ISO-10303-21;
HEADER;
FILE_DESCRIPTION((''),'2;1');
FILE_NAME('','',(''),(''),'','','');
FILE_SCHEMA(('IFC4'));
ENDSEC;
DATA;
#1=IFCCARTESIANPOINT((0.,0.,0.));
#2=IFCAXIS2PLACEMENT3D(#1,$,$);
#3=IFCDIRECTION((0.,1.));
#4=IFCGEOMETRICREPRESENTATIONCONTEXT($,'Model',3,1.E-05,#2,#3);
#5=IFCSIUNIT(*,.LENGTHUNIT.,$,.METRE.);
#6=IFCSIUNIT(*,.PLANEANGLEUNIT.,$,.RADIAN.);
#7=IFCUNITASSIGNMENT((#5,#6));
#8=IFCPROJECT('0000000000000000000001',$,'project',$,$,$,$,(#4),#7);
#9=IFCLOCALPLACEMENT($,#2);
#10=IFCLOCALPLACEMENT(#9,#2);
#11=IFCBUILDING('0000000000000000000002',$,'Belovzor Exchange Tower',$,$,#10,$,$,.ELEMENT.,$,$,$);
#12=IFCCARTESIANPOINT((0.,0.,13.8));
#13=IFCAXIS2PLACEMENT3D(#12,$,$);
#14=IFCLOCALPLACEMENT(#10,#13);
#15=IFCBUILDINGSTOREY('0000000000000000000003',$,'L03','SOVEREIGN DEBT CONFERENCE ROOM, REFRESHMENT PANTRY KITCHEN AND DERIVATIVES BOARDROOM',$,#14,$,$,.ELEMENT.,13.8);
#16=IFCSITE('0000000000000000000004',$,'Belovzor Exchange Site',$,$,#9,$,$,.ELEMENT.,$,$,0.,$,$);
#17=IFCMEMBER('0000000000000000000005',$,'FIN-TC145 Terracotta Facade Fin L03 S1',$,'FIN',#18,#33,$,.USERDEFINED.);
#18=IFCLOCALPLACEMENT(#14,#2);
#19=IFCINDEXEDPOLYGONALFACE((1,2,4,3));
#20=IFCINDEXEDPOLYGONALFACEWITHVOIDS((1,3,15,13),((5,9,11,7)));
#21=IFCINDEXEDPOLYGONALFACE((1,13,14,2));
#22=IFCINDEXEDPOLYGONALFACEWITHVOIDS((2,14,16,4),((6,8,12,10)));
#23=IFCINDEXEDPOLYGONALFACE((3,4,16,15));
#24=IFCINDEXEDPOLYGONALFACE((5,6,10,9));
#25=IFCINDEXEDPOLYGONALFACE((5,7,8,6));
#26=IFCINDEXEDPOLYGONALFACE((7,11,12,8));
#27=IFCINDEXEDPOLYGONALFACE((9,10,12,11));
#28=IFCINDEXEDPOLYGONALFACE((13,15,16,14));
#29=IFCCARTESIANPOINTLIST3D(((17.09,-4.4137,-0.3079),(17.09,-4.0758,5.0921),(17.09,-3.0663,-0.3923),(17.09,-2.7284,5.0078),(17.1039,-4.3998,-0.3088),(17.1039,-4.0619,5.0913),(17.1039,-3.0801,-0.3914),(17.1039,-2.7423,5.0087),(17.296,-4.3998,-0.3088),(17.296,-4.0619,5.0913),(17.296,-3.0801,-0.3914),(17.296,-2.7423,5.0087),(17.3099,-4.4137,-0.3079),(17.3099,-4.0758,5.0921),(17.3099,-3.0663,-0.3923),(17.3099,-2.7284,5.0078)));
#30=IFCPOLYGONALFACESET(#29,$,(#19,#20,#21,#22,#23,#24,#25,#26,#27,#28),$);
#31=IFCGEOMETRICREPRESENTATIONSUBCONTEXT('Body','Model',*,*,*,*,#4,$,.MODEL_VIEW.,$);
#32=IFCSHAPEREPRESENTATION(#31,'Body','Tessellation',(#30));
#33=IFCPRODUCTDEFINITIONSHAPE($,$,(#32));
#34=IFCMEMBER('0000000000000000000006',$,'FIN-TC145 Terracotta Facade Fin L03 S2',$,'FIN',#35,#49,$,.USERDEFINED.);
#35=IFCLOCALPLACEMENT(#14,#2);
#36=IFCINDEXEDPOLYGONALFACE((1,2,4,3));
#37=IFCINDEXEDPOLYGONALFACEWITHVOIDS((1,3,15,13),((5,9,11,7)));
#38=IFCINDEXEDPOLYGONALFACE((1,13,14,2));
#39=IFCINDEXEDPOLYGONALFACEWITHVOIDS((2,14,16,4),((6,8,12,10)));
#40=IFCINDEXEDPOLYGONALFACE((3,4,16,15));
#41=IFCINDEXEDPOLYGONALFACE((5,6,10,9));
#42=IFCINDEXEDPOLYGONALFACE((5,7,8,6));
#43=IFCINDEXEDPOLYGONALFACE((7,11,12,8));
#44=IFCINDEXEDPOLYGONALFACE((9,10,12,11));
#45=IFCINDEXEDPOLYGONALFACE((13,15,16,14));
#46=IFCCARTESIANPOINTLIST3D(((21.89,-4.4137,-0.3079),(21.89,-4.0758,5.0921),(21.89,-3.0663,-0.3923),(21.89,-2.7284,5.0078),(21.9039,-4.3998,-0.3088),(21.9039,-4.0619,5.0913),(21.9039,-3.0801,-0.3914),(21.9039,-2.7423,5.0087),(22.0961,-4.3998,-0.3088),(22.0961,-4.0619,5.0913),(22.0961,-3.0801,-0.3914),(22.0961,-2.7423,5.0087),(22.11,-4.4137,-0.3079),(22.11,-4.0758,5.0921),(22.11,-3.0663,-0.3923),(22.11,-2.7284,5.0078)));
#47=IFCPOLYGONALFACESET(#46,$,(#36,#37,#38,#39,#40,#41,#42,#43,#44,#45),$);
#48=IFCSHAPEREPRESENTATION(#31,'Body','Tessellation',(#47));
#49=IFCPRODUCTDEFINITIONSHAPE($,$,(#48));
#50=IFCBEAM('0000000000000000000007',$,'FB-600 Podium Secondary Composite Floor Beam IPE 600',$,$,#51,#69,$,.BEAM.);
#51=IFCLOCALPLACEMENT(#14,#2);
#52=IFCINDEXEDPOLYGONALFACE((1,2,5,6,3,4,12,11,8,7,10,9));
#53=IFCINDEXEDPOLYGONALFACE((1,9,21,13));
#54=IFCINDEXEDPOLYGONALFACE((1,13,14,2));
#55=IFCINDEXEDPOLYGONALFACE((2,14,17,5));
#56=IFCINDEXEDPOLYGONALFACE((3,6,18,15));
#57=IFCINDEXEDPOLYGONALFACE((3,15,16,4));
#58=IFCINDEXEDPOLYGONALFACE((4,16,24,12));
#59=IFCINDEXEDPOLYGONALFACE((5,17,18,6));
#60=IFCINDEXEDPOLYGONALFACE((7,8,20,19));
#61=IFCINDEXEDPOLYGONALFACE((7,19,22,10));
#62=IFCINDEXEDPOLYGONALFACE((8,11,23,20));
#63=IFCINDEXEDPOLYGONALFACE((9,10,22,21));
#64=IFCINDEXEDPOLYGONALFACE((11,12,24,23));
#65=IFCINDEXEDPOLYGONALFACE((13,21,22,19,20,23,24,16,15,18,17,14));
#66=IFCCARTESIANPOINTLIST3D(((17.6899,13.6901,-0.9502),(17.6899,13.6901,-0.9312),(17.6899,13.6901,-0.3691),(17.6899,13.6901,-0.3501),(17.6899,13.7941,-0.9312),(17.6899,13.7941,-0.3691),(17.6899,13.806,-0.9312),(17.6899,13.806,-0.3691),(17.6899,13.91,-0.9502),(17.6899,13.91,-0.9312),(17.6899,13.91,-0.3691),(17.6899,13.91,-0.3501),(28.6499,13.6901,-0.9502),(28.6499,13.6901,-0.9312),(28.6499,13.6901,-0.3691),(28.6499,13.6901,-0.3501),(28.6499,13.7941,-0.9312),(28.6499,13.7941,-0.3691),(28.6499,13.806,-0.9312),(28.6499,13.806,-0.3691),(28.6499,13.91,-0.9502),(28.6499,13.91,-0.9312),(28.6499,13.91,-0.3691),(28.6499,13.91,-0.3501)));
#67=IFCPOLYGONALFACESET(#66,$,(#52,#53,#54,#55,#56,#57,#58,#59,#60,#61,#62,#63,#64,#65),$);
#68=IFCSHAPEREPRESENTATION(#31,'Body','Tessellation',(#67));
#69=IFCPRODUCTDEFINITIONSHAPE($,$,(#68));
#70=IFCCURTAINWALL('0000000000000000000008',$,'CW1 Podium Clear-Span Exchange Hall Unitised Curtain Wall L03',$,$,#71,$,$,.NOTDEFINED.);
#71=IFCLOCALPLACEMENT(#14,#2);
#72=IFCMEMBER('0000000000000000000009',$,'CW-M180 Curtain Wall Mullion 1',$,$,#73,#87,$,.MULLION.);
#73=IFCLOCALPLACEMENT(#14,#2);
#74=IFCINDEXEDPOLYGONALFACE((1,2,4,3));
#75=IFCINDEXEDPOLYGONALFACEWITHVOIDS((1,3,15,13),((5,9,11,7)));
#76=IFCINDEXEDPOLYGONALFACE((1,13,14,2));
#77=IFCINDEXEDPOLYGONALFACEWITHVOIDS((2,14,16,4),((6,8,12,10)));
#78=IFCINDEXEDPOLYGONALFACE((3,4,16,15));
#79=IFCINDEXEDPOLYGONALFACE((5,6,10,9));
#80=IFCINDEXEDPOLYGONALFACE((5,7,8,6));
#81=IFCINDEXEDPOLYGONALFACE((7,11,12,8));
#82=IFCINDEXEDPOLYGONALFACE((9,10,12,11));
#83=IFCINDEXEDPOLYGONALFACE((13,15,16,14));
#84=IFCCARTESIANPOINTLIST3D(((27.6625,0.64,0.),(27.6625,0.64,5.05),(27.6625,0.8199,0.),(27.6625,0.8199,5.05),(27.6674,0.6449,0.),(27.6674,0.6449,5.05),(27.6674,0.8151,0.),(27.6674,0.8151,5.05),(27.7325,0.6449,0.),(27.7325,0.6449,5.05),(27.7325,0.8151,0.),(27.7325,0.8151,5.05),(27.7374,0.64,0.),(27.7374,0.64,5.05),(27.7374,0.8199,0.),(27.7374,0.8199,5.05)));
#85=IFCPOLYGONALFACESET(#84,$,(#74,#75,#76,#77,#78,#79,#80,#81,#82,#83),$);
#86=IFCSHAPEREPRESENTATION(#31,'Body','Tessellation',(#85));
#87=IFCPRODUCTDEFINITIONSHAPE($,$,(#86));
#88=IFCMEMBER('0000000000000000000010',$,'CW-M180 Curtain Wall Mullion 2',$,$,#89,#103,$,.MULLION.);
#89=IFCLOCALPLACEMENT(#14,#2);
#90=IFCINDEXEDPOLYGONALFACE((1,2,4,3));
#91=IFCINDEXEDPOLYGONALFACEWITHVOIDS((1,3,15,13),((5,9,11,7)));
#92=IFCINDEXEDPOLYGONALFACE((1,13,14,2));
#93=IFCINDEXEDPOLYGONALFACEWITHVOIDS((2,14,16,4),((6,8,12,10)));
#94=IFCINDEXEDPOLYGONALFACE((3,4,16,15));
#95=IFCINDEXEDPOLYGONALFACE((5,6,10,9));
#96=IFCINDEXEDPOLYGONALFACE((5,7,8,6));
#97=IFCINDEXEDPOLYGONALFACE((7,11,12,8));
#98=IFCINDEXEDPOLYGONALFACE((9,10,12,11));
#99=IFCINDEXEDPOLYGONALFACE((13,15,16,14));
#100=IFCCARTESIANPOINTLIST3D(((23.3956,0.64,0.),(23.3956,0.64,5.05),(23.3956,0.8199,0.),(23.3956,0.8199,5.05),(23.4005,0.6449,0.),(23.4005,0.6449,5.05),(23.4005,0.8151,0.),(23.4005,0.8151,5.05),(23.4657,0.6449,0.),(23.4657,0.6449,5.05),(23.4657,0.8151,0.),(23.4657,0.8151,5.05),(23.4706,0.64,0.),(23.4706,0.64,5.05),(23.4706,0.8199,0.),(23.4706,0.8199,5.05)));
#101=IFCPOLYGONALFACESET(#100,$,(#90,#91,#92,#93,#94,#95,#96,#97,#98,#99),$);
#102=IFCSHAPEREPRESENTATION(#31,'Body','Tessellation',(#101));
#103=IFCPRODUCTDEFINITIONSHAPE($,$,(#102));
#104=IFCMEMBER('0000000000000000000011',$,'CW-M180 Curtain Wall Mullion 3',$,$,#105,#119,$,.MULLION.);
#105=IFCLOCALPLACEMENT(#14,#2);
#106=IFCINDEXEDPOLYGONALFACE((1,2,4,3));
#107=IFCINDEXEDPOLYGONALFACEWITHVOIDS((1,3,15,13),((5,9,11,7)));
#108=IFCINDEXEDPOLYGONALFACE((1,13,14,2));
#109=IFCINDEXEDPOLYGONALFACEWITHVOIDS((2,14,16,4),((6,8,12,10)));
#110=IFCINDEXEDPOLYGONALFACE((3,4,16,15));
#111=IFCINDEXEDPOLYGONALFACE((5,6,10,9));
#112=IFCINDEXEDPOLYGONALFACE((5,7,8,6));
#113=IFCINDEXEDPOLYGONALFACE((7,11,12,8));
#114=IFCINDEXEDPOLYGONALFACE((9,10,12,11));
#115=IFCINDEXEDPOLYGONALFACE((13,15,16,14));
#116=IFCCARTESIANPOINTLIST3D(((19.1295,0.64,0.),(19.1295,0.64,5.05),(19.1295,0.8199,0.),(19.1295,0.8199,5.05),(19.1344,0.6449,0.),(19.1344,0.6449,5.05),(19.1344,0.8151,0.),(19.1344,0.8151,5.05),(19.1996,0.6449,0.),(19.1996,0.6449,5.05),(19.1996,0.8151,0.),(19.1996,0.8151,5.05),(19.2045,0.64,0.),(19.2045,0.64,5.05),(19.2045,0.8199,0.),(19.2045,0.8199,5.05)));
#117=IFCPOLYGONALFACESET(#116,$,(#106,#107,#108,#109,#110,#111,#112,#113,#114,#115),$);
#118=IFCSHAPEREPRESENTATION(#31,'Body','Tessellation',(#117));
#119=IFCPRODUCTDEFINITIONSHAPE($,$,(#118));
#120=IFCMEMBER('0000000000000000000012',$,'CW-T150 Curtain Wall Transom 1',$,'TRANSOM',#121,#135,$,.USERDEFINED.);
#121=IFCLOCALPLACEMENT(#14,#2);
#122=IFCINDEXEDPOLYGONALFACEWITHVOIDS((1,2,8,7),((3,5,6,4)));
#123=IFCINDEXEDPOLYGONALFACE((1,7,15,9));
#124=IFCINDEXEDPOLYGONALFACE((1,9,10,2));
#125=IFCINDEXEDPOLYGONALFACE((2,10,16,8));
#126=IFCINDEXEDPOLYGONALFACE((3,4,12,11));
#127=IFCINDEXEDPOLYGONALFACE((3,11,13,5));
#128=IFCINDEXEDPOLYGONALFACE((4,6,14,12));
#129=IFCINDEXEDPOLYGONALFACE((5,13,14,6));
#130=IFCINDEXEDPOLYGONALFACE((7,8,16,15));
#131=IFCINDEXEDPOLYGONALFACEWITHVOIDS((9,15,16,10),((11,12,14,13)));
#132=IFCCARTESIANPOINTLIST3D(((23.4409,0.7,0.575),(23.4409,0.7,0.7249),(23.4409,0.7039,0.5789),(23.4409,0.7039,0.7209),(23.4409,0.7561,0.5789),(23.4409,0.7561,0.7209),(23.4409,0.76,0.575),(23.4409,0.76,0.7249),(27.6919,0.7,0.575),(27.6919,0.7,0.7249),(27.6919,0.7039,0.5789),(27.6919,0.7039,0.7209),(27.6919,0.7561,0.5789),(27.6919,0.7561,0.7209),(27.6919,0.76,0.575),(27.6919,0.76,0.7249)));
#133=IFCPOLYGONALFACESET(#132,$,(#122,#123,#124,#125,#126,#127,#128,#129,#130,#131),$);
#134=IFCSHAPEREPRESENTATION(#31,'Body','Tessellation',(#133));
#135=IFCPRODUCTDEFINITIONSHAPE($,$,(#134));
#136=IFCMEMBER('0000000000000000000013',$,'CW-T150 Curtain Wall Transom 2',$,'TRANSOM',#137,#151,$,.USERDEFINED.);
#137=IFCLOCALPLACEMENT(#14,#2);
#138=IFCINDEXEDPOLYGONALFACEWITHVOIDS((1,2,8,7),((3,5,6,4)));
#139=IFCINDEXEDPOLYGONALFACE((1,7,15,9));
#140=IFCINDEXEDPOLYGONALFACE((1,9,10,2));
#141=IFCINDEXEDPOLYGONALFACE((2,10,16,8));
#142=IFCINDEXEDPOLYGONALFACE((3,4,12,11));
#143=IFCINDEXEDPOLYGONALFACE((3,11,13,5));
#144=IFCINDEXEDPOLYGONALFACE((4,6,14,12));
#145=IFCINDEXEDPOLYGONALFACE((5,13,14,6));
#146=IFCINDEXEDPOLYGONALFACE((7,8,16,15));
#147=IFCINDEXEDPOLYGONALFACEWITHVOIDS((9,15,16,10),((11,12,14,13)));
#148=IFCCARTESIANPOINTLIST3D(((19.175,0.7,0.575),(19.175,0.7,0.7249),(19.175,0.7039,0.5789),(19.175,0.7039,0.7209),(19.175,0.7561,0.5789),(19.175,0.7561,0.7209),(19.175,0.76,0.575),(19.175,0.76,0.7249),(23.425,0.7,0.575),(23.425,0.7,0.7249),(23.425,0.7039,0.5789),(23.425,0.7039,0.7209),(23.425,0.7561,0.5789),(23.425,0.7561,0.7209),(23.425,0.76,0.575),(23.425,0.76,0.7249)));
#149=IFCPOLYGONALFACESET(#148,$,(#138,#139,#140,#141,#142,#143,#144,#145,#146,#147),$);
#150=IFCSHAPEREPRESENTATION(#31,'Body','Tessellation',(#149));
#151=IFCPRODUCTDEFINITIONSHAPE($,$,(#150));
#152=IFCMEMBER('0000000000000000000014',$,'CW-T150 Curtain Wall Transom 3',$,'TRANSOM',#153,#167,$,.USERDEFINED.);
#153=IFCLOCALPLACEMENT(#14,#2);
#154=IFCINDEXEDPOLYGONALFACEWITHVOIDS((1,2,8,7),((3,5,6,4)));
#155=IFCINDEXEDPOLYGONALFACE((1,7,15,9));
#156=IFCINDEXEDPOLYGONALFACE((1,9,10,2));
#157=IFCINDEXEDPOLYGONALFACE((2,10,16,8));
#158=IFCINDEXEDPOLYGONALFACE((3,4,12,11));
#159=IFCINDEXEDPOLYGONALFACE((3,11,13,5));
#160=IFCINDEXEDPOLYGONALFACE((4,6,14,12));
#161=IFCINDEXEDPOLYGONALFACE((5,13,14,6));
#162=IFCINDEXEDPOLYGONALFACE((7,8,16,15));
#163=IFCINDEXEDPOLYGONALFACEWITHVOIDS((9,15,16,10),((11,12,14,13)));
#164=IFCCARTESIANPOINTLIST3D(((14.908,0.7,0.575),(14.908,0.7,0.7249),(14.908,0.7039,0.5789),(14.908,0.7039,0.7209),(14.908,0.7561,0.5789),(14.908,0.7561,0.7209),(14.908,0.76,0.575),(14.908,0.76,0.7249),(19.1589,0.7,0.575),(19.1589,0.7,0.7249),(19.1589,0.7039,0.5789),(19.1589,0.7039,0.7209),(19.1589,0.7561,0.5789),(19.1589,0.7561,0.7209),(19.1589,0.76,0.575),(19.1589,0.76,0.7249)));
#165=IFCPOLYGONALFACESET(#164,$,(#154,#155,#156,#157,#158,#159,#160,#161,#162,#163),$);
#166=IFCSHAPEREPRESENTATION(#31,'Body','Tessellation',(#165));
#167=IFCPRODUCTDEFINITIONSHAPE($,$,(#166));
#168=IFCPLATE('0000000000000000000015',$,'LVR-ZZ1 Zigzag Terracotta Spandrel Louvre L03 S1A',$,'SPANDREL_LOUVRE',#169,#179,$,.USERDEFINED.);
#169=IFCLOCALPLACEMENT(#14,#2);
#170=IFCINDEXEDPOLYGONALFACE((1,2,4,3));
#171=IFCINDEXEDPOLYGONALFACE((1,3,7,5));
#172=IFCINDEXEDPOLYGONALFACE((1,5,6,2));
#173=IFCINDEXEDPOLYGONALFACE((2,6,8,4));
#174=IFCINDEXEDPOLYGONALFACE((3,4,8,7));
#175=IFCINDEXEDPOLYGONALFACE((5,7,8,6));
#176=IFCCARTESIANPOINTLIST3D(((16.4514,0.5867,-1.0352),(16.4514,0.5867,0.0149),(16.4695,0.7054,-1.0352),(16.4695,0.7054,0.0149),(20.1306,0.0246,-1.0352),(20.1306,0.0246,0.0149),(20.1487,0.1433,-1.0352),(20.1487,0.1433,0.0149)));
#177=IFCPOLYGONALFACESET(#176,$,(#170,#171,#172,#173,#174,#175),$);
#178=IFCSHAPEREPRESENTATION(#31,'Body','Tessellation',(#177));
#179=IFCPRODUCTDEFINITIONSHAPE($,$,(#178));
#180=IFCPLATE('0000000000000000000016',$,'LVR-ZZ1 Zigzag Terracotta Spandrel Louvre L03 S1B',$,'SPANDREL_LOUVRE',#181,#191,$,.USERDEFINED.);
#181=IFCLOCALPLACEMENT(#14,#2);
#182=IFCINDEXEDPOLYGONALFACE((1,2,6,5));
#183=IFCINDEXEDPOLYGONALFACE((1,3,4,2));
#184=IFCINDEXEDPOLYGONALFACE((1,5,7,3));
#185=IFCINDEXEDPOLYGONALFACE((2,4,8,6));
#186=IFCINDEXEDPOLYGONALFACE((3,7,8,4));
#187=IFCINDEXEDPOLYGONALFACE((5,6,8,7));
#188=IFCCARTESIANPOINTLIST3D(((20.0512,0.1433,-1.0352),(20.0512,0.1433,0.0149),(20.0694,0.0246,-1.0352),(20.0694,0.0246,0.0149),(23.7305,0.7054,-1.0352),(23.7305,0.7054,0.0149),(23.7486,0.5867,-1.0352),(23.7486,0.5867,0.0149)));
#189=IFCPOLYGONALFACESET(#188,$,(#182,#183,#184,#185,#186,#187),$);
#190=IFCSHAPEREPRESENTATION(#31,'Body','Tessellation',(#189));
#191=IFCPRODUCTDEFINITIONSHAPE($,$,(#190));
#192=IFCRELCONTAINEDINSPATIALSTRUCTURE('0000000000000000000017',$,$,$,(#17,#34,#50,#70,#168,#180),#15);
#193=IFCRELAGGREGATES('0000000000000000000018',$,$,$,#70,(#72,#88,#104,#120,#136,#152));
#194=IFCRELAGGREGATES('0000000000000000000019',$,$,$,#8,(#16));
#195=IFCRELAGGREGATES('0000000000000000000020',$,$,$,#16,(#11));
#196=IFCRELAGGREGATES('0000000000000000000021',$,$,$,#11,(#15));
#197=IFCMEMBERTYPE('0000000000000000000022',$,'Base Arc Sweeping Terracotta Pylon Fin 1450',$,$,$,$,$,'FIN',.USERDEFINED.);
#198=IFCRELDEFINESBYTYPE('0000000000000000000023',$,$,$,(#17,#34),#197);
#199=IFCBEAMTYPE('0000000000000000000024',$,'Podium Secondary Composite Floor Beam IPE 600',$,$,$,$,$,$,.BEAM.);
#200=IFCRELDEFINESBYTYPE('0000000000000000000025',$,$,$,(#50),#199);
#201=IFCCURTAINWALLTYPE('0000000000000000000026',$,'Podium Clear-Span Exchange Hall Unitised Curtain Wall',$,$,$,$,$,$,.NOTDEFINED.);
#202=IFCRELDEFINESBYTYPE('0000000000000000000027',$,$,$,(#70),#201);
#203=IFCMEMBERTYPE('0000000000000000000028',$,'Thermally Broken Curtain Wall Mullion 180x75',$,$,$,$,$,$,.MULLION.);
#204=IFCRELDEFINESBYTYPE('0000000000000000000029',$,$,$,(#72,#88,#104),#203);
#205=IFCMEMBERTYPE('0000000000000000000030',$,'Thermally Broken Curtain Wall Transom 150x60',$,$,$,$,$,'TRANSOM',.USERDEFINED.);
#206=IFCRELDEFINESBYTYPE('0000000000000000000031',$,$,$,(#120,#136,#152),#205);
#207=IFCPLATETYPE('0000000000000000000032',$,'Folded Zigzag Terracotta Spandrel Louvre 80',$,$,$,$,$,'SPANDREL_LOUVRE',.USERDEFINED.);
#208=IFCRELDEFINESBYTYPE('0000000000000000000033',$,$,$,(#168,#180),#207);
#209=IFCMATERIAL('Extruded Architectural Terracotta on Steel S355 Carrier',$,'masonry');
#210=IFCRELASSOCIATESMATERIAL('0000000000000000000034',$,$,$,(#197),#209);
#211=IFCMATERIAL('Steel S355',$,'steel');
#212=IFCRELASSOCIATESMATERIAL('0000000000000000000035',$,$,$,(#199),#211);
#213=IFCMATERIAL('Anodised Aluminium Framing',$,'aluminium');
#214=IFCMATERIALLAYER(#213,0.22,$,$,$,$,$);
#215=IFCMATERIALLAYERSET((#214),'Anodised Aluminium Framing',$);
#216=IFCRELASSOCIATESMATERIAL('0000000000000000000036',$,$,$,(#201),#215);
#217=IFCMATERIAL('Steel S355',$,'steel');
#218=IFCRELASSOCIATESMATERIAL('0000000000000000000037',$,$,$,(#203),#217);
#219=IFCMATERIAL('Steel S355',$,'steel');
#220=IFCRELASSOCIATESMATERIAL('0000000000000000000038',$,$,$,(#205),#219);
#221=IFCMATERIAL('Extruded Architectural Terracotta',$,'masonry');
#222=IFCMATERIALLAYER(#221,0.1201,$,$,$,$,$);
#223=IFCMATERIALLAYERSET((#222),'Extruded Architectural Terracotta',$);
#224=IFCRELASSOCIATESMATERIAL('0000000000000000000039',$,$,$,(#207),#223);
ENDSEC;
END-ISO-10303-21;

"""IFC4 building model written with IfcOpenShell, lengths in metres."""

from ifc_helpers import new_model, si_unit, direction, frame, origin, origin_2d, place, context, subcontext, project, spatial, rectangle, hollow_rectangle, i_section, extrude, material, layer, layer_set, material_profile, profile_set, type_object, element, aggregate, save


model = new_model("IFC4")

# Units and contexts
model_context = context("Model", 3, precision=1e-05, world=origin(), true_north=direction((0.0, 1.0)))
body_context = subcontext(model_context, "Body", "Model", "MODEL_VIEW")
ifc_project = project(units=[si_unit("LENGTHUNIT", "METRE"), si_unit("PLANEANGLEUNIT", "RADIAN")], contexts=[model_context])

# Site, building, storey
site_placement = place(None, origin())
site = spatial("IfcSite", under=ifc_project, at=site_placement, Name="Belovzor Exchange Site", CompositionType="ELEMENT", RefElevation=0.0)
building_placement = place(site_placement, origin())
building = spatial("IfcBuilding", under=site, at=building_placement, Name="Belovzor Exchange Tower", CompositionType="ELEMENT")
storey_placement = place(building_placement, frame((0.0, 0.0, 13.8)))
storey = spatial("IfcBuildingStorey", under=building, at=storey_placement, Name="L03", Description="SOVEREIGN DEBT CONFERENCE ROOM, REFRESHMENT PANTRY KITCHEN AND DERIVATIVES BOARDROOM", CompositionType="ELEMENT", Elevation=13.8)

# Members
ifc_material_1 = material(Name="Extruded Architectural Terracotta on Steel S355 Carrier", Category="masonry")
ifc_material_profile_1 = material_profile(ifc_material_1, hollow_rectangle(XDim=0.22, YDim=1.3501, WallThickness=0.0139, at=origin_2d()))
ifc_profile_set_1 = profile_set([ifc_material_profile_1], Name="Extruded Architectural Terracotta on Steel S355 Carrier")
member_type_1 = type_object("IfcMemberType", Name="Base Arc Sweeping Terracotta Pylon Fin 1450", ElementType="FIN", PredefinedType="USERDEFINED", material=ifc_profile_set_1)
for number, where, z_axis, x_axis, name in (
    (1, (17.2, -3.74, -0.3501), (0.0, 0.062449, 0.998048), (-1.0, 0.0, 0.0), "FIN-TC145 Terracotta Facade Fin L03 S1"),
    (2, (22.0, -3.74, -0.3501), (0.0, 0.062449, 0.998048), (-1.0, 0.0, 0.0), "FIN-TC145 Terracotta Facade Fin L03 S2"),
):
    element("IfcMember", number, at=place(storey_placement, frame(where, z_axis=z_axis, x_axis=x_axis)), inside=storey, type_object=member_type_1, Name=name, ObjectType="FIN", PredefinedType="USERDEFINED", context=body_context, shape_type="SweptSolid", body=[
        extrude(hollow_rectangle(XDim=0.22, YDim=1.3501, WallThickness=0.0139, at=origin_2d()), origin(), (0.0, 0.0, 1.0), 5.4106),
    ])

# Beam
ifc_material_2 = material(Name="Steel S355", Category="steel")
ifc_material_profile_2 = material_profile(ifc_material_2, i_section(OverallWidth=0.22, OverallDepth=0.6001, WebThickness=0.012, FlangeThickness=0.019, at=origin_2d()))
ifc_profile_set_2 = profile_set([ifc_material_profile_2], Name="Steel S355")
beam_type = type_object("IfcBeamType", Name="Podium Secondary Composite Floor Beam IPE 600", PredefinedType="BEAM", material=ifc_profile_set_2)
beam_placement = place(storey_placement, frame((17.6899, 13.8, -0.6501), z_axis=(1.0, 0.0, 0.0), x_axis=(0.0, 1.0, 0.0)))
element("IfcBeam", 3, at=beam_placement, inside=storey, type_object=beam_type, Name="FB-600 Podium Secondary Composite Floor Beam IPE 600", PredefinedType="BEAM", context=body_context, shape_type="SweptSolid", body=[
    extrude(i_section(OverallWidth=0.22, OverallDepth=0.6001, WebThickness=0.012, FlangeThickness=0.019, at=origin_2d()), origin(), (0.0, 0.0, 1.0), 10.96),
])

# Curtain wall, members
ifc_material_3 = material(Name="Anodised Aluminium Framing", Category="aluminium")
ifc_layer_1 = layer(ifc_material_3, 0.22)
ifc_layer_set_1 = layer_set([ifc_layer_1], Name="Anodised Aluminium Framing")
curtain_wall_type = type_object("IfcCurtainWallType", Name="Podium Clear-Span Exchange Hall Unitised Curtain Wall", PredefinedType="NOTDEFINED", material=ifc_layer_set_1)
curtain_wall_placement = place(storey_placement, origin())
curtain_wall = element("IfcCurtainWall", 4, at=curtain_wall_placement, inside=storey, type_object=curtain_wall_type, Name="CW1 Podium Clear-Span Exchange Hall Unitised Curtain Wall L03", PredefinedType="NOTDEFINED")
ifc_material_4 = material(Name="Steel S355", Category="steel")
ifc_material_profile_3 = material_profile(ifc_material_4, hollow_rectangle(XDim=0.075, YDim=0.1799, WallThickness=0.0049, at=origin_2d()))
ifc_profile_set_3 = profile_set([ifc_material_profile_3], Name="Steel S355")
member_type_2 = type_object("IfcMemberType", Name="Thermally Broken Curtain Wall Mullion 180x75", PredefinedType="MULLION", material=ifc_profile_set_3)
member_1_placement = place(storey_placement, frame((27.7, 0.73, 0.0), z_axis=(0.0, 0.0, 1.0), x_axis=(-1.0, 0.0, 0.0)))
member_1 = element("IfcMember", 5, at=member_1_placement, type_object=member_type_2, Name="CW-M180 Curtain Wall Mullion 1", PredefinedType="MULLION", context=body_context, shape_type="SweptSolid", body=[
    extrude(hollow_rectangle(XDim=0.075, YDim=0.1799, WallThickness=0.0049, at=origin_2d()), origin(), (0.0, 0.0, 1.0), 5.05),
])
member_2_placement = place(storey_placement, frame((23.4331, 0.73, 0.0), z_axis=(0.0, 0.0, 1.0), x_axis=(-1.0, 0.0, 0.0)))
member_2 = element("IfcMember", 6, at=member_2_placement, type_object=member_type_2, Name="CW-M180 Curtain Wall Mullion 2", PredefinedType="MULLION", context=body_context, shape_type="SweptSolid", body=[
    extrude(hollow_rectangle(XDim=0.075, YDim=0.1799, WallThickness=0.0049, at=origin_2d()), origin(), (0.0, 0.0, 1.0), 5.05),
])
member_3_placement = place(storey_placement, frame((19.167, 0.73, 0.0), z_axis=(0.0, 0.0, 1.0), x_axis=(-1.0, 0.0, 0.0)))
member_3 = element("IfcMember", 7, at=member_3_placement, type_object=member_type_2, Name="CW-M180 Curtain Wall Mullion 3", PredefinedType="MULLION", context=body_context, shape_type="SweptSolid", body=[
    extrude(hollow_rectangle(XDim=0.075, YDim=0.1799, WallThickness=0.0049, at=origin_2d()), origin(), (0.0, 0.0, 1.0), 5.05),
])
ifc_material_5 = material(Name="Steel S355", Category="steel")
ifc_material_profile_4 = material_profile(ifc_material_5, hollow_rectangle(XDim=0.0601, YDim=0.1499, WallThickness=0.0039, at=origin_2d()))
ifc_profile_set_4 = profile_set([ifc_material_profile_4], Name="Steel S355")
member_type_3 = type_object("IfcMemberType", Name="Thermally Broken Curtain Wall Transom 150x60", ElementType="TRANSOM", PredefinedType="USERDEFINED", material=ifc_profile_set_4)
member_4_placement = place(storey_placement, frame((27.6919, 0.73, 0.6499), z_axis=(-1.0, 0.0, 0.0), x_axis=(0.0, -1.0, 0.0)))
member_4 = element("IfcMember", 8, at=member_4_placement, type_object=member_type_3, Name="CW-T150 Curtain Wall Transom 1", ObjectType="TRANSOM", PredefinedType="USERDEFINED", context=body_context, shape_type="SweptSolid", body=[
    extrude(hollow_rectangle(XDim=0.0601, YDim=0.1499, WallThickness=0.0039, at=origin_2d()), origin(), (0.0, 0.0, 1.0), 4.251),
])
member_5_placement = place(storey_placement, frame((23.425, 0.73, 0.6499), z_axis=(-1.0, 0.0, 0.0), x_axis=(0.0, -1.0, 0.0)))
member_5 = element("IfcMember", 9, at=member_5_placement, type_object=member_type_3, Name="CW-T150 Curtain Wall Transom 2", ObjectType="TRANSOM", PredefinedType="USERDEFINED", context=body_context, shape_type="SweptSolid", body=[
    extrude(hollow_rectangle(XDim=0.0601, YDim=0.1499, WallThickness=0.0039, at=origin_2d()), origin(), (0.0, 0.0, 1.0), 4.25),
])
member_6_placement = place(storey_placement, frame((19.1589, 0.73, 0.6499), z_axis=(-1.0, 0.0, 0.0), x_axis=(0.0, -1.0, 0.0)))
member_6 = element("IfcMember", 10, at=member_6_placement, type_object=member_type_3, Name="CW-T150 Curtain Wall Transom 3", ObjectType="TRANSOM", PredefinedType="USERDEFINED", context=body_context, shape_type="SweptSolid", body=[
    extrude(hollow_rectangle(XDim=0.0601, YDim=0.1499, WallThickness=0.0039, at=origin_2d()), origin(), (0.0, 0.0, 1.0), 4.251),
])

# Plates
ifc_material_6 = material(Name="Extruded Architectural Terracotta", Category="masonry")
ifc_layer_2 = layer(ifc_material_6, 0.1201)
ifc_layer_set_2 = layer_set([ifc_layer_2], Name="Extruded Architectural Terracotta")
plate_type_1 = type_object("IfcPlateType", Name="Folded Zigzag Terracotta Spandrel Louvre 80", ElementType="SPANDREL_LOUVRE", PredefinedType="USERDEFINED", material=ifc_layer_set_2)
for number, where, z_axis, x_axis, name in (
    (11, (18.3, 0.365, -1.0352), (0.0, 0.0, 1.0), (0.988531, -0.151019, 0.0), "LVR-ZZ1 Zigzag Terracotta Spandrel Louvre L03 S1A"),
    (12, (21.8999, 0.365, -1.0352), (0.0, 0.0, 1.0), (0.988531, 0.151019, 0.0), "LVR-ZZ1 Zigzag Terracotta Spandrel Louvre L03 S1B"),
):
    element("IfcPlate", number, at=place(storey_placement, frame(where, z_axis=z_axis, x_axis=x_axis)), inside=storey, type_object=plate_type_1, Name=name, ObjectType="SPANDREL_LOUVRE", PredefinedType="USERDEFINED", context=body_context, shape_type="SweptSolid", body=[
        extrude(rectangle(XDim=3.7219, YDim=0.1201, at=origin_2d()), origin(), (0.0, 0.0, 1.0), 1.05),
    ])

aggregate(curtain_wall, [member_1, member_2, member_3, member_4, member_5, member_6])

save(model, "model.ifc")
